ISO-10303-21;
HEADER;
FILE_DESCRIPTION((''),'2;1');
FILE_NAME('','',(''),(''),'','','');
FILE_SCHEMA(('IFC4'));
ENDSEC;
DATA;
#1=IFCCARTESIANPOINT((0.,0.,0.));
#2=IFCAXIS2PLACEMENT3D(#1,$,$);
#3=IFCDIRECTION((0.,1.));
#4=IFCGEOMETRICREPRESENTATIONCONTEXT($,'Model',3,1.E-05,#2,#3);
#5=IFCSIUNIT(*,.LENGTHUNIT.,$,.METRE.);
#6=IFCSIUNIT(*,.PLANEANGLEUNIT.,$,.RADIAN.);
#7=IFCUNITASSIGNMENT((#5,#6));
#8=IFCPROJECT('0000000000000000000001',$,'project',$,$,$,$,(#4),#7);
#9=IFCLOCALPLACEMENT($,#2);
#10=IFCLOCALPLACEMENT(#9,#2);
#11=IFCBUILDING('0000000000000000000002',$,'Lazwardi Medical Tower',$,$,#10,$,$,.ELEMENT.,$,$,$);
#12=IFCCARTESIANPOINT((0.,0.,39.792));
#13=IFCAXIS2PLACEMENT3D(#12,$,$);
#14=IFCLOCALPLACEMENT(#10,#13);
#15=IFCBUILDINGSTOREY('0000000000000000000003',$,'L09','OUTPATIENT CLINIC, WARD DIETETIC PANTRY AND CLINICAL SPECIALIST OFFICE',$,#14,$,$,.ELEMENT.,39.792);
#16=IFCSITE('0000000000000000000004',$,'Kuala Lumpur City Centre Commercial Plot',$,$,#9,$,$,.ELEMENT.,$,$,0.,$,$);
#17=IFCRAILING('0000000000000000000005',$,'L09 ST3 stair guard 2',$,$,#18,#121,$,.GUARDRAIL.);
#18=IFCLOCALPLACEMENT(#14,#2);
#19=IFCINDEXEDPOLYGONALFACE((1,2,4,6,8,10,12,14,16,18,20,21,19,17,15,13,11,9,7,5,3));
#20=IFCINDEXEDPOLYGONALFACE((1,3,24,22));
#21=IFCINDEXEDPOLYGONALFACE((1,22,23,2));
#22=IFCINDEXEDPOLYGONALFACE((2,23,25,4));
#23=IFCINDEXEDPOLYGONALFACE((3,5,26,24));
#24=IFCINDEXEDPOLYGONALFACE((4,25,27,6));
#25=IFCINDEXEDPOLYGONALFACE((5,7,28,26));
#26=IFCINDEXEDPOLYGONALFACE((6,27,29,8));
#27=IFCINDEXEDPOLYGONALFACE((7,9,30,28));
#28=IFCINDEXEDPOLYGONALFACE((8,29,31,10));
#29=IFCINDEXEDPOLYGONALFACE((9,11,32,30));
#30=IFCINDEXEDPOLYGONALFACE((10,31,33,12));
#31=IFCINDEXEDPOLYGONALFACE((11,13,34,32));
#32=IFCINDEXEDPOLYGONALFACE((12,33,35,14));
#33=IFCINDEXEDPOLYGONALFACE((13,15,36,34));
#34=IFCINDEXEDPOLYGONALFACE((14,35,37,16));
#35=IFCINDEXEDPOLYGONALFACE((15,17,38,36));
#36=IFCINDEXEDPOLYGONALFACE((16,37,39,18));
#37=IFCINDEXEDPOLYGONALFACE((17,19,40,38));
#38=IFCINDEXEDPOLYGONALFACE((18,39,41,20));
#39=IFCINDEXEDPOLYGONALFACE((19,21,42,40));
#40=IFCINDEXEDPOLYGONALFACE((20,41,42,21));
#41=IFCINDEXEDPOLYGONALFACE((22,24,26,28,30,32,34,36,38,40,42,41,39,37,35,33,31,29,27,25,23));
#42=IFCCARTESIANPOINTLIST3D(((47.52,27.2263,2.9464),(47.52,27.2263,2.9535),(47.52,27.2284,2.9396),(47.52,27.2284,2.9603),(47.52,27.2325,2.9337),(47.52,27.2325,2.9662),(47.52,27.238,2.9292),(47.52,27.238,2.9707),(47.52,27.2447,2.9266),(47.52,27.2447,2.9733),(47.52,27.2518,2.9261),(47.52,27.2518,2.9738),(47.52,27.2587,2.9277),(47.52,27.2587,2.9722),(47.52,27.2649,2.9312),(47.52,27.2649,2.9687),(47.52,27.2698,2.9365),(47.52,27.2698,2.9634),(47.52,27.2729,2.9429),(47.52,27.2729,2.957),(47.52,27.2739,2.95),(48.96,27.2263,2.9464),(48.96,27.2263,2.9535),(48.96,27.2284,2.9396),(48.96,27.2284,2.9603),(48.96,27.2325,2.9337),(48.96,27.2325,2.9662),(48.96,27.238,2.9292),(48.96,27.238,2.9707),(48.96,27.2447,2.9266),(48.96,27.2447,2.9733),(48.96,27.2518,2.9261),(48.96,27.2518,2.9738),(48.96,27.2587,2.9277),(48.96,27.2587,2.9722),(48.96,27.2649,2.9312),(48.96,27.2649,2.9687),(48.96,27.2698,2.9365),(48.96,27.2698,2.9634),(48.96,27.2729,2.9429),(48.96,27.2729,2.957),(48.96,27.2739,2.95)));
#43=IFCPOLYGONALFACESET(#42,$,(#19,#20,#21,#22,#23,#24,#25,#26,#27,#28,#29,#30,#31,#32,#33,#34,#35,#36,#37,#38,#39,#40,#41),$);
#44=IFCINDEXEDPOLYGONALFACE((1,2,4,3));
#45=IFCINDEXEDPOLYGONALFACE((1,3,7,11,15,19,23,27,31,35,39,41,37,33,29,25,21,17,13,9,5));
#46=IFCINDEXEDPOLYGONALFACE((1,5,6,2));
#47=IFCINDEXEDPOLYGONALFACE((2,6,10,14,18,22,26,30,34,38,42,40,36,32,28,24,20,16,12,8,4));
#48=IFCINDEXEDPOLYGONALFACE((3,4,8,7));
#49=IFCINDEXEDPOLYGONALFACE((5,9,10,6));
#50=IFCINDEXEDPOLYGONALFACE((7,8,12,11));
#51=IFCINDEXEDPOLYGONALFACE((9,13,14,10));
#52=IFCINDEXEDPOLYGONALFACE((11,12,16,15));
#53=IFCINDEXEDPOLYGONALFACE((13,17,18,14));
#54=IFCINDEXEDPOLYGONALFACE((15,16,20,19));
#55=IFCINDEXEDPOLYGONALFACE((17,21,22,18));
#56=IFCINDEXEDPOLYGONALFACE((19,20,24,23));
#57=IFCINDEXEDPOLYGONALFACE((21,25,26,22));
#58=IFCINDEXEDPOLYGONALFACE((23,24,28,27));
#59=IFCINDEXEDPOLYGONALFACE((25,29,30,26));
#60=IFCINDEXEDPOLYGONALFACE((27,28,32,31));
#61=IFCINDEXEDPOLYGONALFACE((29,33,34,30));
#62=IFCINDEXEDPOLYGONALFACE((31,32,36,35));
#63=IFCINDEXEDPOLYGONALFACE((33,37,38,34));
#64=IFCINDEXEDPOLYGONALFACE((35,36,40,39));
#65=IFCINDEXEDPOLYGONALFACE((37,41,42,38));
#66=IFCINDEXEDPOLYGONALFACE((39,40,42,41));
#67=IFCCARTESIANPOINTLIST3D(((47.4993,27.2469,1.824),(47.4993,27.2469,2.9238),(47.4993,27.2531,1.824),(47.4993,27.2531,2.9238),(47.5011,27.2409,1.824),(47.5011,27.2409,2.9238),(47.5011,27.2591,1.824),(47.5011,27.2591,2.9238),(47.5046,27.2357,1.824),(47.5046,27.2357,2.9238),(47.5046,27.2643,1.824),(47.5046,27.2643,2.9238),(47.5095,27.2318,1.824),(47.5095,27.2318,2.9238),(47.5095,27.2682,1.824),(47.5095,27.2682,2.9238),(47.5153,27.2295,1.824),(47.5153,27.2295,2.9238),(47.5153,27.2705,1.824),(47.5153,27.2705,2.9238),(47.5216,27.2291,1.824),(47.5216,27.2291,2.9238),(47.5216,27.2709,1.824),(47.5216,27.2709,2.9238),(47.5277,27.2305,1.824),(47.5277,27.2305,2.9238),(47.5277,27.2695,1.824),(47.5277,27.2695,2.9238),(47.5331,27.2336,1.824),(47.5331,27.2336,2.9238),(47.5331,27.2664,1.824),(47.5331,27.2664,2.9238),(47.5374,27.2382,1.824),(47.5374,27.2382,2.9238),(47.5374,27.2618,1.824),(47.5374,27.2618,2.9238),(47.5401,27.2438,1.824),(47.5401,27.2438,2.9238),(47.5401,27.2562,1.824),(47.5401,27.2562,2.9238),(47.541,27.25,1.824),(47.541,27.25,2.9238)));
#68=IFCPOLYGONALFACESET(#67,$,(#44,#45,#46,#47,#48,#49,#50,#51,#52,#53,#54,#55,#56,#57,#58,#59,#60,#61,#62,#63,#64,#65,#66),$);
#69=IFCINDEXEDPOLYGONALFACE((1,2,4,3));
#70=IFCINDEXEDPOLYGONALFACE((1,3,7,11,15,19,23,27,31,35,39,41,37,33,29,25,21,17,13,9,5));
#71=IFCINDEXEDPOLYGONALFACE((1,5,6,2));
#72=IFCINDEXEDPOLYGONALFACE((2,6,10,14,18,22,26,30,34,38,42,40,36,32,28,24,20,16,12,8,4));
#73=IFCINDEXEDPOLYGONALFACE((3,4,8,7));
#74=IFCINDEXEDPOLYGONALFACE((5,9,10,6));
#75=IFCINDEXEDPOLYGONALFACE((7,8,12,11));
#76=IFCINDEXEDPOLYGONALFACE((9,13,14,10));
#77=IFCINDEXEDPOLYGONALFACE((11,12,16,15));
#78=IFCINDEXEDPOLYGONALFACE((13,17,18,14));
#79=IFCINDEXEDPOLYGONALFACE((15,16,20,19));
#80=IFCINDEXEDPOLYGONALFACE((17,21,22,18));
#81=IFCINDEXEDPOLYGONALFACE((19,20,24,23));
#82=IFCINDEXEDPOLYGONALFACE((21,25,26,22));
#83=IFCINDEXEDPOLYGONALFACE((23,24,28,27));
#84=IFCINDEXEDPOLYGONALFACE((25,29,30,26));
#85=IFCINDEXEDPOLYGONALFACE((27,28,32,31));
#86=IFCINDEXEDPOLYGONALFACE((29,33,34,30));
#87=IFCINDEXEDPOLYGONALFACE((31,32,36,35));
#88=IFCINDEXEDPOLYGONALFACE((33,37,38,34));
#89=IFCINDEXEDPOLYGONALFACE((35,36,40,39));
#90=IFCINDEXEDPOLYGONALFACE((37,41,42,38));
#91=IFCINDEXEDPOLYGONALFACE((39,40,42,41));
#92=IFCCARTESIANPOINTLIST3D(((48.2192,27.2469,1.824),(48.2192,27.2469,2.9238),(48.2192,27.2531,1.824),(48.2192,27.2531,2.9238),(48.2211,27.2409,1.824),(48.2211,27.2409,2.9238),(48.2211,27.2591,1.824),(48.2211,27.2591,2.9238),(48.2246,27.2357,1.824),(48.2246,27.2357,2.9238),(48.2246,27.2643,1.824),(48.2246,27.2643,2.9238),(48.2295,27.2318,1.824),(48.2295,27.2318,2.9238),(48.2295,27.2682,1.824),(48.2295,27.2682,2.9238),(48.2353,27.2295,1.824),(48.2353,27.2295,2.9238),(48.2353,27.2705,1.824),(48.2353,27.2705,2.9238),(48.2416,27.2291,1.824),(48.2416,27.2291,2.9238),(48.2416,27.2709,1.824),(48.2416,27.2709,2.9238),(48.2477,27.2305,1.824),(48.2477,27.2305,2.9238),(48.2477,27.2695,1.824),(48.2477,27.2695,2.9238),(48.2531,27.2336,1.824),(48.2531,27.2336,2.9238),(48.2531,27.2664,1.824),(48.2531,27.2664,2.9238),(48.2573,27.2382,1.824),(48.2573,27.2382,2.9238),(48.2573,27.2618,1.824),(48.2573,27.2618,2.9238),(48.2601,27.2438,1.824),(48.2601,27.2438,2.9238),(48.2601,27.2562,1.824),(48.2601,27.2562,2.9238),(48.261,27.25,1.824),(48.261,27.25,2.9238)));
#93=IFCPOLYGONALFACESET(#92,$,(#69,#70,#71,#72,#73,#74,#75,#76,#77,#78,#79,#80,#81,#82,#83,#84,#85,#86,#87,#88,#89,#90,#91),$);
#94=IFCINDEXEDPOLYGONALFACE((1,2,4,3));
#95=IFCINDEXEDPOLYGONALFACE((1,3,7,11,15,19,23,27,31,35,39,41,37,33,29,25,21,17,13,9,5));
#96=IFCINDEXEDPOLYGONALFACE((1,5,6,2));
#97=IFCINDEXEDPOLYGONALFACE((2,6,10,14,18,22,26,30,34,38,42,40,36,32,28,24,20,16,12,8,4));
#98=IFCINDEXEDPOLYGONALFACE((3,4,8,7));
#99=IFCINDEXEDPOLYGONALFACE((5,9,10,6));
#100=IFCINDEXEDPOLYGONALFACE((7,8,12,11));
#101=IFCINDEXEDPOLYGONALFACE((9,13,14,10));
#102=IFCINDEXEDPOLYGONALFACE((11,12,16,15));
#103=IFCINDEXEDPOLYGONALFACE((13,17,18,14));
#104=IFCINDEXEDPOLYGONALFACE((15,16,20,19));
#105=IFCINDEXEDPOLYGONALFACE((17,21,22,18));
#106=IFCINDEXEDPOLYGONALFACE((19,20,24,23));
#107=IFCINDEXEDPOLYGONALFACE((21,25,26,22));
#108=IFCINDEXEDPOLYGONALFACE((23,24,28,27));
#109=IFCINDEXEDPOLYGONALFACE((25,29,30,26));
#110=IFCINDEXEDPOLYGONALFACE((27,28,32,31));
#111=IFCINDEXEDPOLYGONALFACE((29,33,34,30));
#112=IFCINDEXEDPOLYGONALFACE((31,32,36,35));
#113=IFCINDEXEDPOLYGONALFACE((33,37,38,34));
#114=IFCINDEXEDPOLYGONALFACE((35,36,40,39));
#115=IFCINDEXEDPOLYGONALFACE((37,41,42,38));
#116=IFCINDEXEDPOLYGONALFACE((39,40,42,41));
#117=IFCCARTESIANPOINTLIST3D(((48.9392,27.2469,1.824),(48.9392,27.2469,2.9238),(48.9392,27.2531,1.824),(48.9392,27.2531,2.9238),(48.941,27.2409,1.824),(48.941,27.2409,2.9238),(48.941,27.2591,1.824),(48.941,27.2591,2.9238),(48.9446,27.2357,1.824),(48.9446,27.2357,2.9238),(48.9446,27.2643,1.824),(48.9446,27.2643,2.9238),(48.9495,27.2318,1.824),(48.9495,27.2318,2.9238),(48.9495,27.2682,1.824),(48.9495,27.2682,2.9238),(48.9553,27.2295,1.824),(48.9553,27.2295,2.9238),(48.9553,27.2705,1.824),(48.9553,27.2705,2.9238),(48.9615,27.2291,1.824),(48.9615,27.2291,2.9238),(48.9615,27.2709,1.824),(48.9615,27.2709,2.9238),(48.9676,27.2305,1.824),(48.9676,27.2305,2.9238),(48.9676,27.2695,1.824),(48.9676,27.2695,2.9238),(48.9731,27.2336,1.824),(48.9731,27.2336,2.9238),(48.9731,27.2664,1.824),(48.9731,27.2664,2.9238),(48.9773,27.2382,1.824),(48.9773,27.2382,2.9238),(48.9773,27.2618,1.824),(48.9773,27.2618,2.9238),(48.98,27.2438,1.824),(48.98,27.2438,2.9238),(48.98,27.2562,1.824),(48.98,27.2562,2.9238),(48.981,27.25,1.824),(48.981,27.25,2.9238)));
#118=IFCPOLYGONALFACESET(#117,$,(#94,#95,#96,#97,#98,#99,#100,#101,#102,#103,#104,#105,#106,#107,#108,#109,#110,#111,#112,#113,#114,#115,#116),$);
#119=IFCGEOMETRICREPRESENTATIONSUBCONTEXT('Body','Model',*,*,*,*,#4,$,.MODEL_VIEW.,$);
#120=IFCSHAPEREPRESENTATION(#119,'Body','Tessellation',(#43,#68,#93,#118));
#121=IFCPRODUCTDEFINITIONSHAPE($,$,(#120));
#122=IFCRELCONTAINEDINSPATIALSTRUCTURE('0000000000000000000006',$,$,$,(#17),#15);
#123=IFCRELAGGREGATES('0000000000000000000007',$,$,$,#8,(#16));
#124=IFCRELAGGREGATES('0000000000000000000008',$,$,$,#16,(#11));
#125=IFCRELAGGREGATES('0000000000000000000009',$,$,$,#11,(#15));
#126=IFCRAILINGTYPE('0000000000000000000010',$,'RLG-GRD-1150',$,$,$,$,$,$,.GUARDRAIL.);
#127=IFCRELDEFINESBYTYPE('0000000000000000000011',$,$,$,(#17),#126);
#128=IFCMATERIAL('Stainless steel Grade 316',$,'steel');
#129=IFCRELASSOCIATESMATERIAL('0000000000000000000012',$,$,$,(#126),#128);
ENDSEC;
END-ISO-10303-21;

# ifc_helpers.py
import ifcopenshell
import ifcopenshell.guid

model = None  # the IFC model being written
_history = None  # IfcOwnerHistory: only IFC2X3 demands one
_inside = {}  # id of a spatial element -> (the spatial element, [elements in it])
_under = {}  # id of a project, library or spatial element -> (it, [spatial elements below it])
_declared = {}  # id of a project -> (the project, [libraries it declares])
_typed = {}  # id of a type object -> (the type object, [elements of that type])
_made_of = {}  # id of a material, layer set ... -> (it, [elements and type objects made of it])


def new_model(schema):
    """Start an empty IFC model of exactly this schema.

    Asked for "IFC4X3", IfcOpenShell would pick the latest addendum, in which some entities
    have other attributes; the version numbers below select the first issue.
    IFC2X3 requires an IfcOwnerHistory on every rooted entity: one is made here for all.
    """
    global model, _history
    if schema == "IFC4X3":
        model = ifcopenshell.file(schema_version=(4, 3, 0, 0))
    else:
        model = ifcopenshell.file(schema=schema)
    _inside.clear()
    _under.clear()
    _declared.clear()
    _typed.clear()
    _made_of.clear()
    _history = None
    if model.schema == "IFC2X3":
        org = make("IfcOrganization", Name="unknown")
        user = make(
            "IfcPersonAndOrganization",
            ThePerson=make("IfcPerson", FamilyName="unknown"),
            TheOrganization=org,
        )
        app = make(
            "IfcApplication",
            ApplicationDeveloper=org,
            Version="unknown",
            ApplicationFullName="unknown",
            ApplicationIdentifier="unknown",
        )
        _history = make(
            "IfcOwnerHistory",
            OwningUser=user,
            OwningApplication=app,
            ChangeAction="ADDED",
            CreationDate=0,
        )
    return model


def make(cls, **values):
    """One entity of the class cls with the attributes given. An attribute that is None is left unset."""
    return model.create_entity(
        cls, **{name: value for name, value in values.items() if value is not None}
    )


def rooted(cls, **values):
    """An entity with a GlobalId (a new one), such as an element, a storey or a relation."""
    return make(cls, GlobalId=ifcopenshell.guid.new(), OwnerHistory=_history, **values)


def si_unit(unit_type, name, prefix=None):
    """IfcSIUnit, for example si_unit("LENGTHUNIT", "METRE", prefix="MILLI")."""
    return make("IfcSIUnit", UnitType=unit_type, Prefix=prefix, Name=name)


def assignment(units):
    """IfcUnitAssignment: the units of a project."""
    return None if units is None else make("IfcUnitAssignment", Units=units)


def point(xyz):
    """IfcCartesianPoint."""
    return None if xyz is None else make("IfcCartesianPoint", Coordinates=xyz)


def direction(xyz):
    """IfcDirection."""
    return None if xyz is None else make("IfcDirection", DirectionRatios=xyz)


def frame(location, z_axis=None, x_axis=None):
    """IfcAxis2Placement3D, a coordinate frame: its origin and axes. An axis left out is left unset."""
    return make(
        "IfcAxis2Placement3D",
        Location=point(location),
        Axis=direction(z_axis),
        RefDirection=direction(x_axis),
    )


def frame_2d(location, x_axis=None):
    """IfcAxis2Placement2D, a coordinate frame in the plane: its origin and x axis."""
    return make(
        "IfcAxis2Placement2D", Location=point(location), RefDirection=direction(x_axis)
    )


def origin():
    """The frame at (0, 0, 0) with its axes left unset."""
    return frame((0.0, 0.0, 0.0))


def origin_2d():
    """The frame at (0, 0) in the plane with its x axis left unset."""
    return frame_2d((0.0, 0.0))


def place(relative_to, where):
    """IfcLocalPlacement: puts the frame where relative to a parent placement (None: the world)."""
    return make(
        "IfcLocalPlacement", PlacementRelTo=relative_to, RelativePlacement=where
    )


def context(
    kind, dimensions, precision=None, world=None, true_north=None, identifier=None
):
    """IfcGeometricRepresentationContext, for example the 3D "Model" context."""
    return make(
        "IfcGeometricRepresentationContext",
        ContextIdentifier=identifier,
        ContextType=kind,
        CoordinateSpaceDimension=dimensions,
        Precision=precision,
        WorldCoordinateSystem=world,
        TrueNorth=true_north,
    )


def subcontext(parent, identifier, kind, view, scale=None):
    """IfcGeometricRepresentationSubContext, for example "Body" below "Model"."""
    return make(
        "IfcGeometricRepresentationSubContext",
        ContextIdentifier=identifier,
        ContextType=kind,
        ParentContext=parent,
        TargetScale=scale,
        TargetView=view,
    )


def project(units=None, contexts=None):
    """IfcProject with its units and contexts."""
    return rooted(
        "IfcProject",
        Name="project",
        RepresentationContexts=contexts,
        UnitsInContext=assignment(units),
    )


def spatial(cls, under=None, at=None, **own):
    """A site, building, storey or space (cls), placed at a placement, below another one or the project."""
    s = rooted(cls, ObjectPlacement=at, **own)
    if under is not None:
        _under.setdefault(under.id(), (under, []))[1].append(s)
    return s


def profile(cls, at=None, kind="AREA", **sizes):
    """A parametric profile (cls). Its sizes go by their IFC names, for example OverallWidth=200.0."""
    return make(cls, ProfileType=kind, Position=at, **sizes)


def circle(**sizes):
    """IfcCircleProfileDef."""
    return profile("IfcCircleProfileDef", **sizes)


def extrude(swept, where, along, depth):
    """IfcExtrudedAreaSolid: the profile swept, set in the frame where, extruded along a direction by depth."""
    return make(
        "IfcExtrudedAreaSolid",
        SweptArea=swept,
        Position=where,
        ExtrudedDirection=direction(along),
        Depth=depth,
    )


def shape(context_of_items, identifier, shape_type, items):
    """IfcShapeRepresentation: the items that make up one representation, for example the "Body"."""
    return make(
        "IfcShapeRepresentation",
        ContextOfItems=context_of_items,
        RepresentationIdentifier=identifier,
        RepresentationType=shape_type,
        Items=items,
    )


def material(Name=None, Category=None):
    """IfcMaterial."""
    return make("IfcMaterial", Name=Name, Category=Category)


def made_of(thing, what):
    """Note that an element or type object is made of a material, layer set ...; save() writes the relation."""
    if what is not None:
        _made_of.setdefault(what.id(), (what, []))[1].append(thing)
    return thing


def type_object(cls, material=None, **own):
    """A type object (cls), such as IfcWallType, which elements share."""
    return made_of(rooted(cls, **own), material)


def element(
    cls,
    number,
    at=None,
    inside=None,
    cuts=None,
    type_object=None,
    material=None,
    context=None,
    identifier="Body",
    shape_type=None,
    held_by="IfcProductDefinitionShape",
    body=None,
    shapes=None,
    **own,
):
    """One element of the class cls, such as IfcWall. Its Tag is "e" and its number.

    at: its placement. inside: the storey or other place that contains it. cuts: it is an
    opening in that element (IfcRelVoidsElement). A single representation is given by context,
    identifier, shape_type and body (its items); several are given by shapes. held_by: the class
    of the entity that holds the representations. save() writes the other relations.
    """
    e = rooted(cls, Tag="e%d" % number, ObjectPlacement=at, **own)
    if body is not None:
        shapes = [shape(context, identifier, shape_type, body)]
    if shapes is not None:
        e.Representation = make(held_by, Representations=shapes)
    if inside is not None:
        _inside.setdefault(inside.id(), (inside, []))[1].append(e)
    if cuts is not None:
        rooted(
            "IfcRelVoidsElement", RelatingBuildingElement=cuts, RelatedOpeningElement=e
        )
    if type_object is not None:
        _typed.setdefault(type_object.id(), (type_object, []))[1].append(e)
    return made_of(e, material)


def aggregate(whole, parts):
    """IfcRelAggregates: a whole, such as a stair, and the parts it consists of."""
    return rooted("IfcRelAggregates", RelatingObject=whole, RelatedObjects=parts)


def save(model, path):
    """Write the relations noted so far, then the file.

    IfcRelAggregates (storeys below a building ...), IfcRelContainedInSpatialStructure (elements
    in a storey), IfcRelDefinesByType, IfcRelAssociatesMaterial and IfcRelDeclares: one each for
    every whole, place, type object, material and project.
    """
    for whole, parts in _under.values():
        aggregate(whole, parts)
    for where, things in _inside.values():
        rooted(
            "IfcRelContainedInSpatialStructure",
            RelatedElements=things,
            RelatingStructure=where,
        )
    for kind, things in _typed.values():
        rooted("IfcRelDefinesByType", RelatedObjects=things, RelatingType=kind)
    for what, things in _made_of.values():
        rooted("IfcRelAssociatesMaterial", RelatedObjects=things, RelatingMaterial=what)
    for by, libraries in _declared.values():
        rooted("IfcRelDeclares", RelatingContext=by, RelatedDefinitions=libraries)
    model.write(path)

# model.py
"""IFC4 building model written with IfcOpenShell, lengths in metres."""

from ifc_helpers import new_model, si_unit, direction, frame, origin, origin_2d, place, context, subcontext, project, spatial, circle, extrude, material, type_object, element, save


model = new_model("IFC4")

# Units and contexts
model_context = context("Model", 3, precision=1e-05, world=origin(), true_north=direction((0.0, 1.0)))
body_context = subcontext(model_context, "Body", "Model", "MODEL_VIEW")
ifc_project = project(units=[si_unit("LENGTHUNIT", "METRE"), si_unit("PLANEANGLEUNIT", "RADIAN")], contexts=[model_context])

# Site, building, storey
site_placement = place(None, origin())
site = spatial("IfcSite", under=ifc_project, at=site_placement, Name="Kuala Lumpur City Centre Commercial Plot", CompositionType="ELEMENT", RefElevation=0.0)
building_placement = place(site_placement, origin())
building = spatial("IfcBuilding", under=site, at=building_placement, Name="Lazwardi Medical Tower", CompositionType="ELEMENT")
storey_placement = place(building_placement, frame((0.0, 0.0, 39.792)))
storey = spatial("IfcBuildingStorey", under=building, at=storey_placement, Name="L09", Description="OUTPATIENT CLINIC, WARD DIETETIC PANTRY AND CLINICAL SPECIALIST OFFICE", CompositionType="ELEMENT", Elevation=39.792)

# Railing
ifc_material_1 = material(Name="Stainless steel Grade 316", Category="steel")
railing_type_1 = type_object("IfcRailingType", Name="RLG-GRD-1150", PredefinedType="GUARDRAIL", material=ifc_material_1)
railing_1_placement = place(storey_placement, frame((47.52, 27.25, 1.824)))
element("IfcRailing", 1, at=railing_1_placement, inside=storey, type_object=railing_type_1, Name="L09 ST3 stair guard 2", PredefinedType="GUARDRAIL", context=body_context, shape_type="SweptSolid", body=[
    extrude(circle(Radius=0.0239, at=origin_2d()), frame((0.0, 0.0, 1.126), z_axis=(1.0, 0.0, 0.0), x_axis=(0.0, 1.0, 0.0)), (0.0, 0.0, 1.0), 1.4399),
    extrude(circle(Radius=0.021, at=origin_2d()), origin(), (0.0, 0.0, 1.0), 1.0999),
    extrude(circle(Radius=0.021, at=origin_2d()), frame((0.72, 0.0, 0.0)), (0.0, 0.0, 1.0), 1.0999),
    extrude(circle(Radius=0.021, at=origin_2d()), frame((1.4399, 0.0, 0.0)), (0.0, 0.0, 1.0), 1.0999),
])

save(model, "model.ifc")
